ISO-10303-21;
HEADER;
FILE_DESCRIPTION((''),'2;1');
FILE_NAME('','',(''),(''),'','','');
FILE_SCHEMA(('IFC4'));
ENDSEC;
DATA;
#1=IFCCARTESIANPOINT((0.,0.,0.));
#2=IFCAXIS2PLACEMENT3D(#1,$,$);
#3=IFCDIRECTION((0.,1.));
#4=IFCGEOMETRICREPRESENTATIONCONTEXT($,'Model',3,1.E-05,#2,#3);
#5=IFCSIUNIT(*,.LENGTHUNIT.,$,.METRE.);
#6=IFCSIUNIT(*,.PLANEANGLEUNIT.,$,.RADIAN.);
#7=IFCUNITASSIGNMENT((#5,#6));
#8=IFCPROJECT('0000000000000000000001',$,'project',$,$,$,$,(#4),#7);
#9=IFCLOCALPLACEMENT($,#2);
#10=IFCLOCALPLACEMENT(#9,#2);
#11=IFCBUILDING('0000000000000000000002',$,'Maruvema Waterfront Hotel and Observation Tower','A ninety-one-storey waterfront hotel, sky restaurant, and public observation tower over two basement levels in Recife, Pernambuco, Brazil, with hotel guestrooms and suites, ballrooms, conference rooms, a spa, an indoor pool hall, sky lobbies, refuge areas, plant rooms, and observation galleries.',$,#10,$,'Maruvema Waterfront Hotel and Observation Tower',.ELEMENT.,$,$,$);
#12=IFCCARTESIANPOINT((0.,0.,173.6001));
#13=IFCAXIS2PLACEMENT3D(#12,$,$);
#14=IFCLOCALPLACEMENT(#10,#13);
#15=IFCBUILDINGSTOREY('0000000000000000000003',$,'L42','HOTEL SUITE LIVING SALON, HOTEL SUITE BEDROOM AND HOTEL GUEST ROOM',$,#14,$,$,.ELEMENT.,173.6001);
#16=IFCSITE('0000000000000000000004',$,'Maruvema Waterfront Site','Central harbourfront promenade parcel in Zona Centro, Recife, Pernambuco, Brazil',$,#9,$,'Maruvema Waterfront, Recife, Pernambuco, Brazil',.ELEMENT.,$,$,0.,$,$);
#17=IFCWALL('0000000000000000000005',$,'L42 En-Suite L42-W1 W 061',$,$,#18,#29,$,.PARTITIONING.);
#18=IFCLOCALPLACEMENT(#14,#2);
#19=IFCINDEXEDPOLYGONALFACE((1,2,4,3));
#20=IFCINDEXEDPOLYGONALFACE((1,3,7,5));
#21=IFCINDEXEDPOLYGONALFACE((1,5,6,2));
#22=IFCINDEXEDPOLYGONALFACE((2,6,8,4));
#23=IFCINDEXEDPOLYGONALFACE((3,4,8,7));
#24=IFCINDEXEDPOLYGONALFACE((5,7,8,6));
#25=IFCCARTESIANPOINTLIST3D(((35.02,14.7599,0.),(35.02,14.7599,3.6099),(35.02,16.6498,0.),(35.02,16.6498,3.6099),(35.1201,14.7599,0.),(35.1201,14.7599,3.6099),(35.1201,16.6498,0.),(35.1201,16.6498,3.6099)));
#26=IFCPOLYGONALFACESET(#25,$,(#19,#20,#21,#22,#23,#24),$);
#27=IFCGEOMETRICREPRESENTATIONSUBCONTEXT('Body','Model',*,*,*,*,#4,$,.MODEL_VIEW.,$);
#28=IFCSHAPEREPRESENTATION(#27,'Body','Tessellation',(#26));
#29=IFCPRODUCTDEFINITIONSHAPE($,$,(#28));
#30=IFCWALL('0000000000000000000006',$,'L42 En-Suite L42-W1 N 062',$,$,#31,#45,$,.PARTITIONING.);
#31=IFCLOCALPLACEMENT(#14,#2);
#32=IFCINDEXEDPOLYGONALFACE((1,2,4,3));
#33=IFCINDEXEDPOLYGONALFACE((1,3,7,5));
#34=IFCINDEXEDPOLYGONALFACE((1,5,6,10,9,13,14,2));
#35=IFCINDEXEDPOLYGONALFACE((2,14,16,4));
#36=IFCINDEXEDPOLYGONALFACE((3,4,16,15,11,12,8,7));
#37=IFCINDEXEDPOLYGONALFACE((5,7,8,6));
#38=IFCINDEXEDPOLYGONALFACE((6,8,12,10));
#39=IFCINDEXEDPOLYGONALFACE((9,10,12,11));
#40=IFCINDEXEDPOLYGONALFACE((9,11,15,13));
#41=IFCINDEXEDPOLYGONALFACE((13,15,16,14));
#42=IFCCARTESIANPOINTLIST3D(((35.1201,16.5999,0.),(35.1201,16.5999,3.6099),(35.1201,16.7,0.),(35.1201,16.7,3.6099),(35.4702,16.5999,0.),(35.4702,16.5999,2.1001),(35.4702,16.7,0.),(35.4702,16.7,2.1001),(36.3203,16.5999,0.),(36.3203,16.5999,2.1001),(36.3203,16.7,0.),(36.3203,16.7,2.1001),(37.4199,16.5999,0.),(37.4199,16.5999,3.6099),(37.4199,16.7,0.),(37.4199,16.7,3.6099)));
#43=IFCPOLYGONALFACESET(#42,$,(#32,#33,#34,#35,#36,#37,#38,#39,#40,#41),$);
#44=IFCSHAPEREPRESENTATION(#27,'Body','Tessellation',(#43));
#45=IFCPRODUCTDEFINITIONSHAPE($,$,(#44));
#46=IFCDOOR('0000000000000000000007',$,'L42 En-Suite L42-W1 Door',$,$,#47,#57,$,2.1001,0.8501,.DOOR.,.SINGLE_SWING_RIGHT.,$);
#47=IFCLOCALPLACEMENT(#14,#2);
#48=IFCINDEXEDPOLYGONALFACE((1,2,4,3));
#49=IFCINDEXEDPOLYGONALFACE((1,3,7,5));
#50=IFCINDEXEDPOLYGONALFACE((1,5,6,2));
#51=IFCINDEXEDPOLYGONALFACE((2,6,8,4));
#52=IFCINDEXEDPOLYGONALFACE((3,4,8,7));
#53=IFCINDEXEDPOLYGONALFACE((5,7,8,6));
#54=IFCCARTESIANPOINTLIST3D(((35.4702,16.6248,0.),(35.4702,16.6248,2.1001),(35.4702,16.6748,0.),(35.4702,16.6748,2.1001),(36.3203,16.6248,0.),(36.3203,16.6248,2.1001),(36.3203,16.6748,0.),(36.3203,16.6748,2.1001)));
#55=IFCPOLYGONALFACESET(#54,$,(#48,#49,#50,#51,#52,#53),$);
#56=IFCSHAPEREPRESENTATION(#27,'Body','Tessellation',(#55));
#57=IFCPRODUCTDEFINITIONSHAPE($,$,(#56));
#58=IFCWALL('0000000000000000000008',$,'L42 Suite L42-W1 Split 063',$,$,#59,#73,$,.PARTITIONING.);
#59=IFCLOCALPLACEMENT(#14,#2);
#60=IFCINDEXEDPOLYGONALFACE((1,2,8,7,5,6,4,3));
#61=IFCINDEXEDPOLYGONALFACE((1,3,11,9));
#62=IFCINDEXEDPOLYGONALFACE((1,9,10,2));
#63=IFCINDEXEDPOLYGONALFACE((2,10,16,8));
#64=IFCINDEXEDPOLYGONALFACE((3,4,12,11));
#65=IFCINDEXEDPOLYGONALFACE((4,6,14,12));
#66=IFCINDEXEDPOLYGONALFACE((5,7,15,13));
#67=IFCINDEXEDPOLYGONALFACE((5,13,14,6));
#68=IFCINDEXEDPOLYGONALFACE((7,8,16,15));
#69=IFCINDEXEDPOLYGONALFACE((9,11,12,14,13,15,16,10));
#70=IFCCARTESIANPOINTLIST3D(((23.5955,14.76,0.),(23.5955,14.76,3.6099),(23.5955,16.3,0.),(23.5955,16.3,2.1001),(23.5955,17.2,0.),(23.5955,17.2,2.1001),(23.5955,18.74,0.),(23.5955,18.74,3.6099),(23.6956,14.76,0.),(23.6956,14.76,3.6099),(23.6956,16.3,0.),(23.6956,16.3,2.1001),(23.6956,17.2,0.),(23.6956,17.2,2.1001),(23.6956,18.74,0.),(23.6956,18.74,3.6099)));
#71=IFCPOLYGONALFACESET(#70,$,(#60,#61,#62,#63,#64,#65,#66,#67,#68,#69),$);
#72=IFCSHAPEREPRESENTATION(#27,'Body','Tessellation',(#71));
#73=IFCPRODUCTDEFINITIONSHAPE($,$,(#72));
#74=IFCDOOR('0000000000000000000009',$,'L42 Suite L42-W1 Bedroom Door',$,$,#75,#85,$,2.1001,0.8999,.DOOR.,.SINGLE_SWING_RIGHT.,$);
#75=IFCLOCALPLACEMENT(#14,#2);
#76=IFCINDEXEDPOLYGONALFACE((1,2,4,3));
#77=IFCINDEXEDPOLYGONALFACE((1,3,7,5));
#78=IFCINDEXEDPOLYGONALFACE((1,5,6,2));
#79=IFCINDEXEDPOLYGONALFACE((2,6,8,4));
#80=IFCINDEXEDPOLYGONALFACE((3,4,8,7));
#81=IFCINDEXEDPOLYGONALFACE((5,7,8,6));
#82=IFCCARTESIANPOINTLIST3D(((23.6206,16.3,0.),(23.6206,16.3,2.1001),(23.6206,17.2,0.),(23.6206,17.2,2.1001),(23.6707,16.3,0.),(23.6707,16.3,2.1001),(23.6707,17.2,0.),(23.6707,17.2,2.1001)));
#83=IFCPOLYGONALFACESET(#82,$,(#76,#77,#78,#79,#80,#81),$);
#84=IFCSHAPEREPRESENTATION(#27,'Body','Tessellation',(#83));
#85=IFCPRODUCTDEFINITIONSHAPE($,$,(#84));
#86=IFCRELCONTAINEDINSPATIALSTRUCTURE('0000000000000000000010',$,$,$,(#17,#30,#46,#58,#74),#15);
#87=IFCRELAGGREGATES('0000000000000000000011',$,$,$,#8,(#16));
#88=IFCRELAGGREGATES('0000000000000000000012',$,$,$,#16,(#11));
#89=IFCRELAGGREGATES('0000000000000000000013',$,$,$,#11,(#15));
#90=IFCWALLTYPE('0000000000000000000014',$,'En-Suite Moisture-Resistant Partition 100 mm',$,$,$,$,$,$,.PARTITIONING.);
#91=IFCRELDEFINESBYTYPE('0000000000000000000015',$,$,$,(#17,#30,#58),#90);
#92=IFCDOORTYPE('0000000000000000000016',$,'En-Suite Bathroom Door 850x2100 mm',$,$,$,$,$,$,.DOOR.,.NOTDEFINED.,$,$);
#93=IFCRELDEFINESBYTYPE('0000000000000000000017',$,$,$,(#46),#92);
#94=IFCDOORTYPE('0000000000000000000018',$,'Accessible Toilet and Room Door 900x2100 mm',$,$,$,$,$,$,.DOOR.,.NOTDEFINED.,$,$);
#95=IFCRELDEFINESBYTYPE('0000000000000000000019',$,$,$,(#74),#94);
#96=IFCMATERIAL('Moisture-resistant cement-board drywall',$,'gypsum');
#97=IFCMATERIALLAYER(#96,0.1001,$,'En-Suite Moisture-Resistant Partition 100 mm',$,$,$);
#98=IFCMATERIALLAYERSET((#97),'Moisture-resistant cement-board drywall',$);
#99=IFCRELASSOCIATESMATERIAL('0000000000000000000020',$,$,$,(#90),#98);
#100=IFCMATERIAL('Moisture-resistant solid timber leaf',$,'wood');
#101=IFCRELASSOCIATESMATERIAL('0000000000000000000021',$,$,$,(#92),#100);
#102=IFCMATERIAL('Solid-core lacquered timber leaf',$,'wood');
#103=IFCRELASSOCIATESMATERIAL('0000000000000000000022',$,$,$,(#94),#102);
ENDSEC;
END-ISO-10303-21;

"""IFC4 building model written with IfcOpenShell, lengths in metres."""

from ifc_helpers import new_model, si_unit, direction, frame, frame_2d, origin, place, context, subcontext, project, spatial, rectangle, extrude, material, layer, layer_set, type_object, element, fill, save


model = new_model("IFC4")

# Units and contexts
model_context = context("Model", 3, precision=1e-05, world=origin(), true_north=direction((0.0, 1.0)))
body_context = subcontext(model_context, "Body", "Model", "MODEL_VIEW")
ifc_project = project(units=[si_unit("LENGTHUNIT", "METRE"), si_unit("PLANEANGLEUNIT", "RADIAN")], contexts=[model_context])

# Site, building, storey
site_placement = place(None, origin())
site = spatial("IfcSite", under=ifc_project, at=site_placement, Name="Maruvema Waterfront Site", Description="Central harbourfront promenade parcel in Zona Centro, Recife, Pernambuco, Brazil", LongName="Maruvema Waterfront, Recife, Pernambuco, Brazil", CompositionType="ELEMENT", RefElevation=0.0)
building_placement = place(site_placement, origin())
building = spatial("IfcBuilding", under=site, at=building_placement, Name="Maruvema Waterfront Hotel and Observation Tower", Description="A ninety-one-storey waterfront hotel, sky restaurant, and public observation tower over two basement levels in Recife, Pernambuco, Brazil, with hotel guestrooms and suites, ballrooms, conference rooms, a spa, an indoor pool hall, sky lobbies, refuge areas, plant rooms, and observation galleries.", LongName="Maruvema Waterfront Hotel and Observation Tower", CompositionType="ELEMENT")
storey_placement = place(building_placement, frame((0.0, 0.0, 173.6001)))
storey = spatial("IfcBuildingStorey", under=building, at=storey_placement, Name="L42", Description="HOTEL SUITE LIVING SALON, HOTEL SUITE BEDROOM AND HOTEL GUEST ROOM", CompositionType="ELEMENT", Elevation=173.6001)

# Shared definitions
ifc_material_1 = material(Name="Moisture-resistant cement-board drywall", Category="gypsum")
ifc_layer_1 = layer(ifc_material_1, 0.1001, Name="En-Suite Moisture-Resistant Partition 100 mm")
ifc_layer_set_1 = layer_set([ifc_layer_1], Name="Moisture-resistant cement-board drywall")
wall_type_1 = type_object("IfcWallType", Name="En-Suite Moisture-Resistant Partition 100 mm", PredefinedType="PARTITIONING", material=ifc_layer_set_1)
ifc_material_2 = material(Name="Moisture-resistant solid timber leaf", Category="wood")
door_type_1 = type_object("IfcDoorType", Name="En-Suite Bathroom Door 850x2100 mm", OperationType="NOTDEFINED", PredefinedType="DOOR", material=ifc_material_2)

# Wall
wall_1_placement = place(storey_placement, frame((35.0701, 14.76, 0.0), z_axis=(0.0, 0.0, 1.0), x_axis=(0.0, 1.0, 0.0)))
element("IfcWall", 1, at=wall_1_placement, inside=storey, type_object=wall_type_1, Name="L42 En-Suite L42-W1 W 061", PredefinedType="PARTITIONING", context=body_context, shape_type="SweptSolid", body=[
    extrude(rectangle(XDim=1.8899, YDim=0.1001, at=frame_2d((0.9448, 0.0))), origin(), (0.0, 0.0, 1.0), 3.6099),
])

# Walls, openings, doors
wall_2_placement = place(storey_placement, frame((35.1201, 16.6499, 0.0), z_axis=(0.0, 0.0, 1.0), x_axis=(1.0, 0.0, 0.0)))
wall_2 = element("IfcWall", 2, at=wall_2_placement, inside=storey, type_object=wall_type_1, Name="L42 En-Suite L42-W1 N 062", PredefinedType="PARTITIONING", context=body_context, shape_type="SweptSolid", body=[
    extrude(rectangle(XDim=2.2998, YDim=0.1001, at=frame_2d((1.1499, 0.0))), origin(), (0.0, 0.0, 1.0), 3.6099),
])
opening_1_placement = place(wall_2_placement, frame((0.3501, 0.0, 0.0)))
opening_1 = element("IfcOpeningElement", 3, at=opening_1_placement, cuts=wall_2, PredefinedType="OPENING", context=body_context, shape_type="SweptSolid", body=[
    extrude(rectangle(XDim=0.8501, YDim=2.1001, at=frame_2d((0.425, 1.05))), frame((0.0, 0.0601, 0.0), z_axis=(0.0, -1.0, 0.0), x_axis=(1.0, 0.0, 0.0)), (0.0, 0.0, 1.0), 0.1201),
])
door_1_placement = place(opening_1_placement, origin())
door_1 = element("IfcDoor", 4, at=door_1_placement, inside=storey, type_object=door_type_1, Name="L42 En-Suite L42-W1 Door", OperationType="SINGLE_SWING_RIGHT", OverallHeight=2.1001, OverallWidth=0.8501, PredefinedType="DOOR", context=body_context, shape_type="SweptSolid", body=[
    extrude(rectangle(XDim=0.8501, YDim=2.1001, at=frame_2d((0.425, 1.05))), frame((0.0, 0.0249, 0.0), z_axis=(0.0, -1.0, 0.0), x_axis=(1.0, 0.0, 0.0)), (0.0, 0.0, 1.0), 0.05),
])
fill(opening_1, door_1)
wall_3_placement = place(storey_placement, frame((23.6455, 14.76, 0.0), z_axis=(0.0, 0.0, 1.0), x_axis=(0.0, 1.0, 0.0)))
wall_3 = element("IfcWall", 5, at=wall_3_placement, inside=storey, type_object=wall_type_1, Name="L42 Suite L42-W1 Split 063", PredefinedType="PARTITIONING", context=body_context, shape_type="SweptSolid", body=[
    extrude(rectangle(XDim=3.98, YDim=0.1001, at=frame_2d((1.99, 0.0))), origin(), (0.0, 0.0, 1.0), 3.6099),
])
opening_2_placement = place(wall_3_placement, frame((1.54, 0.0, 0.0)))
opening_2 = element("IfcOpeningElement", 6, at=opening_2_placement, cuts=wall_3, PredefinedType="OPENING", context=body_context, shape_type="SweptSolid", body=[
    extrude(rectangle(XDim=0.8999, YDim=2.1001, at=frame_2d((0.45, 1.05))), frame((0.0, 0.0601, 0.0), z_axis=(0.0, -1.0, 0.0), x_axis=(1.0, 0.0, 0.0)), (0.0, 0.0, 1.0), 0.1201),
])
ifc_material_3 = material(Name="Solid-core lacquered timber leaf", Category="wood")
door_type_2 = type_object("IfcDoorType", Name="Accessible Toilet and Room Door 900x2100 mm", OperationType="NOTDEFINED", PredefinedType="DOOR", material=ifc_material_3)
door_2_placement = place(opening_2_placement, origin())
door_2 = element("IfcDoor", 7, at=door_2_placement, inside=storey, type_object=door_type_2, Name="L42 Suite L42-W1 Bedroom Door", OperationType="SINGLE_SWING_RIGHT", OverallHeight=2.1001, OverallWidth=0.8999, PredefinedType="DOOR", context=body_context, shape_type="SweptSolid", body=[
    extrude(rectangle(XDim=0.8999, YDim=2.1001, at=frame_2d((0.45, 1.05))), frame((0.0, 0.0249, 0.0), z_axis=(0.0, -1.0, 0.0), x_axis=(1.0, 0.0, 0.0)), (0.0, 0.0, 1.0), 0.05),
])
fill(opening_2, door_2)

save(model, "model.ifc")
